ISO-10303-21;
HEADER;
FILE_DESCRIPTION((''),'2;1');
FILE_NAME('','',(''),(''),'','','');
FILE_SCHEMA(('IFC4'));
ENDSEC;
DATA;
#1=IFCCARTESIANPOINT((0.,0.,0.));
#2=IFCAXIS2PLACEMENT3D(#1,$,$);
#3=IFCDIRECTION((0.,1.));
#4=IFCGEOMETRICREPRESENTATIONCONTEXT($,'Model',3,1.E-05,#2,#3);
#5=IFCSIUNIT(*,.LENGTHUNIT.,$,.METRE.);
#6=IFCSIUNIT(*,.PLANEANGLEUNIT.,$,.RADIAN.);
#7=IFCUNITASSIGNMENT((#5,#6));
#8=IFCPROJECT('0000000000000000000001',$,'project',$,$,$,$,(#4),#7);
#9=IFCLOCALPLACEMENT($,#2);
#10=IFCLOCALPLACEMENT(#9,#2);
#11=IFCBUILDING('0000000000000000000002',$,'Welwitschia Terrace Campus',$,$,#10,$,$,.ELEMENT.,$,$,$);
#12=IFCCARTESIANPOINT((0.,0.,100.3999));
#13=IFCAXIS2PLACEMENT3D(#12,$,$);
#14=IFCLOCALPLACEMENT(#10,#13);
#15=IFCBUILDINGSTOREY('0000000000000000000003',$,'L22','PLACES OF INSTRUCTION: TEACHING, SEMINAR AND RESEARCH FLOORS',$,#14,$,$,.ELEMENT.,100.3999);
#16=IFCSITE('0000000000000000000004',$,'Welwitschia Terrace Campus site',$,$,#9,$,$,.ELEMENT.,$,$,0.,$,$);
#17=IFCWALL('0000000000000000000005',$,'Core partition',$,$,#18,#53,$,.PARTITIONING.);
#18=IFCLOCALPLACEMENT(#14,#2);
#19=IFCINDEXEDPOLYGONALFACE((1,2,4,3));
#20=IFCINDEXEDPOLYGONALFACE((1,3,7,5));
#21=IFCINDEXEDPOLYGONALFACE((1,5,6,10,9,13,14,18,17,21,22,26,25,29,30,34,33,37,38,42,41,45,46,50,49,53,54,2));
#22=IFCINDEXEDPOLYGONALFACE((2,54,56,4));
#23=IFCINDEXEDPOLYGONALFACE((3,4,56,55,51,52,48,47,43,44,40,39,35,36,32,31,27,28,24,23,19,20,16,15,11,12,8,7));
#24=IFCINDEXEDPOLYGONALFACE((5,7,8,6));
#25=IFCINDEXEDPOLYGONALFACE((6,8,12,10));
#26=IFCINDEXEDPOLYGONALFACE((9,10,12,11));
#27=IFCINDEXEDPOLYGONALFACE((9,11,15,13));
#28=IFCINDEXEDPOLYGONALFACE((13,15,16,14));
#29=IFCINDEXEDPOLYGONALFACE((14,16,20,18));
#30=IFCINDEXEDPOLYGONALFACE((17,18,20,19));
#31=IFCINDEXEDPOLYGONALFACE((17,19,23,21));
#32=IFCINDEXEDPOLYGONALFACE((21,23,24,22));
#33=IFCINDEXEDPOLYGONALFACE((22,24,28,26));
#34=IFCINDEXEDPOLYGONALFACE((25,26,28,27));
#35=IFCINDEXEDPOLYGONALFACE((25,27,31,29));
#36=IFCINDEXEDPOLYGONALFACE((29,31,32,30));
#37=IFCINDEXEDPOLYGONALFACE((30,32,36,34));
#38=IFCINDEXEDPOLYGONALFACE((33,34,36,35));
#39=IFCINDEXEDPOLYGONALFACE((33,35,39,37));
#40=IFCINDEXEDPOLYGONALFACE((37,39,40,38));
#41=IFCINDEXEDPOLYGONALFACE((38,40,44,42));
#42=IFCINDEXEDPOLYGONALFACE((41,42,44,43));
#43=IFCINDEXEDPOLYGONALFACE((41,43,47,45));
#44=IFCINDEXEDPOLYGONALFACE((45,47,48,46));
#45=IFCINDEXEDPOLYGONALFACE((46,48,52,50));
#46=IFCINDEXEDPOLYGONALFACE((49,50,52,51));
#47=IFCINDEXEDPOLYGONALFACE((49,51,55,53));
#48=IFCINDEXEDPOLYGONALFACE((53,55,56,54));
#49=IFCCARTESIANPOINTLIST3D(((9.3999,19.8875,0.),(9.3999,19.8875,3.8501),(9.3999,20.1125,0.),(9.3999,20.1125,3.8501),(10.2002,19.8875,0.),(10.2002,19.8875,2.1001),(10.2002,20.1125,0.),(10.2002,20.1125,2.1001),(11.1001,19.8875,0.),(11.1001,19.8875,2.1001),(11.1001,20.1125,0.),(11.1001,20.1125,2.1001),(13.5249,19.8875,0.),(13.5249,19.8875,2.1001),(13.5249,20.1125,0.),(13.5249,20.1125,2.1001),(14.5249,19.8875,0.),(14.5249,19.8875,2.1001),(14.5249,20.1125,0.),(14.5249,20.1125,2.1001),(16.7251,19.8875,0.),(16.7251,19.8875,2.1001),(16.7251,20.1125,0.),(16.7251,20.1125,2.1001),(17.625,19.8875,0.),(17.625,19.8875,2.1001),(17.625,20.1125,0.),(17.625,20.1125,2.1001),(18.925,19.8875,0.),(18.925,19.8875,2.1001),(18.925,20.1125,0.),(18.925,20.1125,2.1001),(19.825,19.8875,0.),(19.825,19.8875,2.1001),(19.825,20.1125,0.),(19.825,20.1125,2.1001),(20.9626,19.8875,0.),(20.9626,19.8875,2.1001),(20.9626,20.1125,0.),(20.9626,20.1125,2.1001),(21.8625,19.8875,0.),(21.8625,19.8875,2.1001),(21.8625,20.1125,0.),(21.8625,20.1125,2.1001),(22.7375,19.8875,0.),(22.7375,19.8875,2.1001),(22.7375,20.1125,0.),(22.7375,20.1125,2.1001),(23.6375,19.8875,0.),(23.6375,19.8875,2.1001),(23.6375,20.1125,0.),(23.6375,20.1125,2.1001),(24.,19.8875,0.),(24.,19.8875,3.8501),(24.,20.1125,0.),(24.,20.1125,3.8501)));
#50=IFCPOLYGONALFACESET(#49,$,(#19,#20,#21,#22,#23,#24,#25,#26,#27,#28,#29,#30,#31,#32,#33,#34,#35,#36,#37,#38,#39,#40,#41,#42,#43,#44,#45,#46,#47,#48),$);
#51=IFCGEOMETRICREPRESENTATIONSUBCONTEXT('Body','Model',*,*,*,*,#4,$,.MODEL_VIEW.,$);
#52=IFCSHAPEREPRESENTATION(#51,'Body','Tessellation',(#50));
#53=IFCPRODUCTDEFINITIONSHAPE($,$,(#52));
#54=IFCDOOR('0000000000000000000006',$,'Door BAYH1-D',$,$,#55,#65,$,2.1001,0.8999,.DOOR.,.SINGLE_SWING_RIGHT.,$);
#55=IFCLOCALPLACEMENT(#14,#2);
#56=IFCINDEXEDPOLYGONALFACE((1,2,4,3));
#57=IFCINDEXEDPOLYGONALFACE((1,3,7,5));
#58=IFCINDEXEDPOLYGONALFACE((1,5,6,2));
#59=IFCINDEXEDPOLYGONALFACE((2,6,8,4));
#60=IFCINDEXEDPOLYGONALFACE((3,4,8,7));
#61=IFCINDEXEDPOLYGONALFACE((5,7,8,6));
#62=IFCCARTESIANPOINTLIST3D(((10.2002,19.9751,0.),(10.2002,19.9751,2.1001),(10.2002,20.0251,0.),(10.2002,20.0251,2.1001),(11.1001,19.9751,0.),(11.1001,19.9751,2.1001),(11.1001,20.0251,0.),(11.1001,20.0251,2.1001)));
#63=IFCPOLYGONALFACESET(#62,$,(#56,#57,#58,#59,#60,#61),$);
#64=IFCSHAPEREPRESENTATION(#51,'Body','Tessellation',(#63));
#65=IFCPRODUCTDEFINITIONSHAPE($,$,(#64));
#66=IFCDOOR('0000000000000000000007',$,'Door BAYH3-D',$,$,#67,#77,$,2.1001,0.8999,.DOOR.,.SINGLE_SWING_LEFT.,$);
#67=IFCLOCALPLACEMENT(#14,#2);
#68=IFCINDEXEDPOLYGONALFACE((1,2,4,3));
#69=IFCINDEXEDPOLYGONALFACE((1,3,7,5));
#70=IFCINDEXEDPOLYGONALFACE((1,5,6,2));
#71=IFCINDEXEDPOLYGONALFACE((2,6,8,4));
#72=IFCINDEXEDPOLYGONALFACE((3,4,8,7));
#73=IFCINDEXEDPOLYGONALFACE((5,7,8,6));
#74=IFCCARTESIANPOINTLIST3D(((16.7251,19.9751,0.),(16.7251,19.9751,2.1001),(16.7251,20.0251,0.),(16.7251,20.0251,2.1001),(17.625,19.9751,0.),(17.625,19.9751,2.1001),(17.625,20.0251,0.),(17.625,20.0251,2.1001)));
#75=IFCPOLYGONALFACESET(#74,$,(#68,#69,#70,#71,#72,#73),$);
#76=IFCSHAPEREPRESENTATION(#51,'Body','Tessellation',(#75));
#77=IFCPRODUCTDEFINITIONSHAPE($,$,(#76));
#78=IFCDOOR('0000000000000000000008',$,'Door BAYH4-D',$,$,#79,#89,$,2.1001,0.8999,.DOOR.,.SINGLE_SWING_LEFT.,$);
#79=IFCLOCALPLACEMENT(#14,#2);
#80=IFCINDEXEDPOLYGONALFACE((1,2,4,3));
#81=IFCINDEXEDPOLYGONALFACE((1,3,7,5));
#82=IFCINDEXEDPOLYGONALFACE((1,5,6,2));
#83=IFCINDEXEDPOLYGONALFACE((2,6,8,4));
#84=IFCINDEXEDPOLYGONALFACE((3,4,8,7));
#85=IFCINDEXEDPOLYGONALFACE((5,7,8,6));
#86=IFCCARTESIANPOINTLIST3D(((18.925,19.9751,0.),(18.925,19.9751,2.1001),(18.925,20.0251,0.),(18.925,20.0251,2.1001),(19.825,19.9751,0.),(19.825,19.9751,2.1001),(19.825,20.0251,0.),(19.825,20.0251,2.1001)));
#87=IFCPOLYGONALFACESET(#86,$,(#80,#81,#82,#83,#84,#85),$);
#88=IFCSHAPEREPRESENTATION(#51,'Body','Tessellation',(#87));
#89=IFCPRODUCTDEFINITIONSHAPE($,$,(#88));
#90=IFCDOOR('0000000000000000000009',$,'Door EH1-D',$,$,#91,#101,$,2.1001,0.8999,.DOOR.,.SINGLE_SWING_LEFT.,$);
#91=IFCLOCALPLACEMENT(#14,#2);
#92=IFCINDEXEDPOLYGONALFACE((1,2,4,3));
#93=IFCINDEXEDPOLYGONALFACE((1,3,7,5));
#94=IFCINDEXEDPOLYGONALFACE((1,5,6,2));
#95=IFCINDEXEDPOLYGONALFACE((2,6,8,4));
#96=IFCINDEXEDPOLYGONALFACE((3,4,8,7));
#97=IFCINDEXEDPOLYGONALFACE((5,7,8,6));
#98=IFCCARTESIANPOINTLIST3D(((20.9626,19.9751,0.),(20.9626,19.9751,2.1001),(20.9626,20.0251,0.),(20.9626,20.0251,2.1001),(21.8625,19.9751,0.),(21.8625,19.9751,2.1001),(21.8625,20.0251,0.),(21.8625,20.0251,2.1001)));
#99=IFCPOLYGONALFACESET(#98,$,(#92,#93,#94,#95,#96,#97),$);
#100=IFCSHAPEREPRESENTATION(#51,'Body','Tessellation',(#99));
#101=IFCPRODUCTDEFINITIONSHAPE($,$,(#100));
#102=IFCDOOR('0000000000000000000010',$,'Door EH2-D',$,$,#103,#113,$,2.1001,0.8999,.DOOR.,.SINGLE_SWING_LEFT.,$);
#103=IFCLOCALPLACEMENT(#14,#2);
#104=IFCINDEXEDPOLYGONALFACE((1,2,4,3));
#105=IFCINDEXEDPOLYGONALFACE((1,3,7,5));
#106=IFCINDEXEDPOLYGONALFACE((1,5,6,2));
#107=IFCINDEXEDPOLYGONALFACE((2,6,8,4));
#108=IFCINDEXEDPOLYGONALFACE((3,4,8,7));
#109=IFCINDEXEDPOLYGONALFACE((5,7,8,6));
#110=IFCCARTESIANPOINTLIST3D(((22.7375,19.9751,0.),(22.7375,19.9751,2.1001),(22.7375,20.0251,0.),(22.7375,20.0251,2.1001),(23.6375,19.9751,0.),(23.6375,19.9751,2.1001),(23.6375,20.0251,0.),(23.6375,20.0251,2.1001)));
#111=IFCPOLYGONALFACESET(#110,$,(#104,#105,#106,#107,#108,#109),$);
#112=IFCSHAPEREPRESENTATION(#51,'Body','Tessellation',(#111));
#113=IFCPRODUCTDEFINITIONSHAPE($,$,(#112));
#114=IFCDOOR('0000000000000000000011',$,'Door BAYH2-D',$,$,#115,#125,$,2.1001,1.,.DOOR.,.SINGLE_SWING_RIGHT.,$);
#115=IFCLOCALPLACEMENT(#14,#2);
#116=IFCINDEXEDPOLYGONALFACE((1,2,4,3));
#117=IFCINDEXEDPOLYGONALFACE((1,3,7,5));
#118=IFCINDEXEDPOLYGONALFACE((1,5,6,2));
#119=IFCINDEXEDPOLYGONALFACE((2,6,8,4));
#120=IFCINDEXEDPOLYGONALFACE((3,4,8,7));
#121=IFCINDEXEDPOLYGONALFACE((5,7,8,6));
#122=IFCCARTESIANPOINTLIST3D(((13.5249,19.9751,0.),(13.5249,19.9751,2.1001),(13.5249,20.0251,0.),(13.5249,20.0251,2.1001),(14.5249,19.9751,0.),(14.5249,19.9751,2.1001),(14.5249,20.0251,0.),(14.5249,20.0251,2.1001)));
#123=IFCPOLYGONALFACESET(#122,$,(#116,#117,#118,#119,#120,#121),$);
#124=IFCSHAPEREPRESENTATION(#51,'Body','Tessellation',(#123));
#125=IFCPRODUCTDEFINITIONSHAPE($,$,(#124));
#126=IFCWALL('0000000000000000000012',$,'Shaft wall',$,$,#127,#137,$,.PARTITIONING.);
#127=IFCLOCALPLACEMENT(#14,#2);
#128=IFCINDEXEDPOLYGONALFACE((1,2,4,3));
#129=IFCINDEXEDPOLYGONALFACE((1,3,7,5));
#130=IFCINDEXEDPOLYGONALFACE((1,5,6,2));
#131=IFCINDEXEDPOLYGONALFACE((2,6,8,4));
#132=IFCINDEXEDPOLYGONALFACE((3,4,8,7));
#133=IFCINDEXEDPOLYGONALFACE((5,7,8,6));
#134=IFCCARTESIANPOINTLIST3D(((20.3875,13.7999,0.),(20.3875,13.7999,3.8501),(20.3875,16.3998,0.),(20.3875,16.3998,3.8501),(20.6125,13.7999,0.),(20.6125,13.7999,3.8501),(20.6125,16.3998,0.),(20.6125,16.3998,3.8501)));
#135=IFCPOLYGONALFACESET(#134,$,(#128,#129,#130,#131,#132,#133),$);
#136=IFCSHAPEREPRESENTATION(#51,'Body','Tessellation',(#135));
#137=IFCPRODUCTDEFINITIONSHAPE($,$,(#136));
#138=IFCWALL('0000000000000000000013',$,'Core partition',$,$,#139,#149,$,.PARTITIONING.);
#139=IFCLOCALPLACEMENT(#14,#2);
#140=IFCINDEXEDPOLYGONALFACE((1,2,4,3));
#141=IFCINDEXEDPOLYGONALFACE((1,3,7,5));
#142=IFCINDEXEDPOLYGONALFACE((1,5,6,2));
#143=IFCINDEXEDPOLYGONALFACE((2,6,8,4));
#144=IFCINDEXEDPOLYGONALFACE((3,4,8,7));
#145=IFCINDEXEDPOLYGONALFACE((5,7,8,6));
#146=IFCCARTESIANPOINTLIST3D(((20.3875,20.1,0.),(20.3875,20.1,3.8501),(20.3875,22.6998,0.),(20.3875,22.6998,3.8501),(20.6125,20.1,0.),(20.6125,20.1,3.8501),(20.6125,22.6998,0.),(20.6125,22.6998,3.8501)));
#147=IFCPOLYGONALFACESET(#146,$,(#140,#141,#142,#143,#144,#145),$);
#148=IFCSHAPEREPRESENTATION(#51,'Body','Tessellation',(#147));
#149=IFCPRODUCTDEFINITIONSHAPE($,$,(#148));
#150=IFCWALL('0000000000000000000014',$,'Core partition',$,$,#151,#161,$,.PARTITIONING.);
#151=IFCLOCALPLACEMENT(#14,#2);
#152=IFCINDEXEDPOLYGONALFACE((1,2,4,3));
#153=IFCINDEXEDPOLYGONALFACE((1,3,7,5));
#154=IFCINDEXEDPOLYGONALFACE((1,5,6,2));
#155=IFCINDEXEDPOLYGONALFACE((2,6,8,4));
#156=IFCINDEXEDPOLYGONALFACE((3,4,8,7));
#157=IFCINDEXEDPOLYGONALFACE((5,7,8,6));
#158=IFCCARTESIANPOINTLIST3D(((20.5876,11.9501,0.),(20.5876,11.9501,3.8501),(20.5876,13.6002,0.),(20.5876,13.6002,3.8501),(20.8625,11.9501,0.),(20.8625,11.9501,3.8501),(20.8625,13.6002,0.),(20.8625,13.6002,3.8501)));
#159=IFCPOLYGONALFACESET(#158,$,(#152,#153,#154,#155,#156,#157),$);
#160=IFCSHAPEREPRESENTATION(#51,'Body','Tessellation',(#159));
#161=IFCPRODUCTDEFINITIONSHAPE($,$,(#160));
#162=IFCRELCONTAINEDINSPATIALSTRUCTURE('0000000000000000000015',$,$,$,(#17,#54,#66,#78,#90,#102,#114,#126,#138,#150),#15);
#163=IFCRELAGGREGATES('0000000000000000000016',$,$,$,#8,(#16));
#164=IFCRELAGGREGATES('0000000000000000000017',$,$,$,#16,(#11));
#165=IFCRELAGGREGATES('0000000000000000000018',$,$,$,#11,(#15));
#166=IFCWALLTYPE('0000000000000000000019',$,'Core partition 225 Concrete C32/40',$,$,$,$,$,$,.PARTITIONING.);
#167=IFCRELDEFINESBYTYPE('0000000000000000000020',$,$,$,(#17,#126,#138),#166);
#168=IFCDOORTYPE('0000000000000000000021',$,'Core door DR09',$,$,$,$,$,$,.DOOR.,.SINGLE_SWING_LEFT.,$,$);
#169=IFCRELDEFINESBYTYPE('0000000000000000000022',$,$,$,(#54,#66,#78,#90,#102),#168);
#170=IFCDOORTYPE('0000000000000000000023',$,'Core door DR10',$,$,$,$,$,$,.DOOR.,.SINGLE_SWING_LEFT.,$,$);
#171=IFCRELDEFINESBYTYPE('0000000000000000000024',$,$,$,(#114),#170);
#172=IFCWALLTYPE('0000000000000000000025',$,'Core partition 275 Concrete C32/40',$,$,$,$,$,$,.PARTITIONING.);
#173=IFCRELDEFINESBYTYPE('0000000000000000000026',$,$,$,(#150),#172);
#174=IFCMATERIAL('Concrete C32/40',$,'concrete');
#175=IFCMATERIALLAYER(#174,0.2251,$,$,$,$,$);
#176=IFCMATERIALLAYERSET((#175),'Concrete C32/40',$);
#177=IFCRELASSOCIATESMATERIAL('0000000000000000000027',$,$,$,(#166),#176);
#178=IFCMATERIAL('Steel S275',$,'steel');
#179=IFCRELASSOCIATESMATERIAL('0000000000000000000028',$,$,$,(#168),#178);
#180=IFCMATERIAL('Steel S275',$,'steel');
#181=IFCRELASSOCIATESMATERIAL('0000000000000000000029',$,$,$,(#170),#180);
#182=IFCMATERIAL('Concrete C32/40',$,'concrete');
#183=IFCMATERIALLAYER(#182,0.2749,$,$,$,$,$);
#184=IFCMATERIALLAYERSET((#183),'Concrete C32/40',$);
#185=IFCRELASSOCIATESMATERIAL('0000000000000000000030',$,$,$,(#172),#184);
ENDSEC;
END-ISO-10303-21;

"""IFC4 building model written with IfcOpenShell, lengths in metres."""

from ifc_helpers import new_model, si_unit, direction, frame, frame_2d, origin, place, context, subcontext, project, spatial, rectangle, extrude, material, layer, layer_set, type_object, element, fill, save


model = new_model("IFC4")

# Units and contexts
model_context = context("Model", 3, precision=1e-05, world=origin(), true_north=direction((0.0, 1.0)))
body_context = subcontext(model_context, "Body", "Model", "MODEL_VIEW")
ifc_project = project(units=[si_unit("LENGTHUNIT", "METRE"), si_unit("PLANEANGLEUNIT", "RADIAN")], contexts=[model_context])

# Site, building, storey
site_placement = place(None, origin())
site = spatial("IfcSite", under=ifc_project, at=site_placement, Name="Welwitschia Terrace Campus site", CompositionType="ELEMENT", RefElevation=0.0)
building_placement = place(site_placement, origin())
building = spatial("IfcBuilding", under=site, at=building_placement, Name="Welwitschia Terrace Campus", CompositionType="ELEMENT")
storey_placement = place(building_placement, frame((0.0, 0.0, 100.3999)))
storey = spatial("IfcBuildingStorey", under=building, at=storey_placement, Name="L22", Description="PLACES OF INSTRUCTION: TEACHING, SEMINAR AND RESEARCH FLOORS", CompositionType="ELEMENT", Elevation=100.3999)

# Wall, openings, doors
ifc_material_1 = material(Name="Concrete C32/40", Category="concrete")
ifc_layer_1 = layer(ifc_material_1, 0.2251)
ifc_layer_set_1 = layer_set([ifc_layer_1], Name="Concrete C32/40")
wall_type_1 = type_object("IfcWallType", Name="Core partition 225 Concrete C32/40", PredefinedType="PARTITIONING", material=ifc_layer_set_1)
wall_1_placement = place(storey_placement, frame((24.0, 20.0, 0.0), z_axis=(0.0, 0.0, 1.0), x_axis=(-1.0, 0.0, 0.0)))
wall_1 = element("IfcWall", 1, at=wall_1_placement, inside=storey, type_object=wall_type_1, Name="Core partition", PredefinedType="PARTITIONING", context=body_context, shape_type="SweptSolid", body=[
    extrude(rectangle(XDim=14.6001, YDim=0.2251, at=frame_2d((7.3, 0.0))), origin(), (0.0, 0.0, 1.0), 3.8501),
])
opening_1_placement = place(wall_1_placement, frame((12.8999, 0.0, 0.0)))
opening_1 = element("IfcOpeningElement", 2, at=opening_1_placement, cuts=wall_1, PredefinedType="OPENING", context=body_context, shape_type="SweptSolid", body=[
    extrude(rectangle(XDim=0.8999, YDim=2.1001, at=frame_2d((0.45, 1.05))), frame((0.0, 0.1226, 0.0), z_axis=(0.0, -1.0, 0.0), x_axis=(1.0, 0.0, 0.0)), (0.0, 0.0, 1.0), 0.2451),
])
opening_2_placement = place(wall_1_placement, frame((9.4751, 0.0, 0.0)))
opening_2 = element("IfcOpeningElement", 3, at=opening_2_placement, cuts=wall_1, PredefinedType="OPENING", context=body_context, shape_type="SweptSolid", body=[
    extrude(rectangle(XDim=1.0, YDim=2.1001, at=frame_2d((0.5, 1.05))), frame((0.0, 0.1226, 0.0), z_axis=(0.0, -1.0, 0.0), x_axis=(1.0, 0.0, 0.0)), (0.0, 0.0, 1.0), 0.2451),
])
opening_3_placement = place(wall_1_placement, frame((6.375, 0.0, 0.0)))
opening_3 = element("IfcOpeningElement", 4, at=opening_3_placement, cuts=wall_1, PredefinedType="OPENING", context=body_context, shape_type="SweptSolid", body=[
    extrude(rectangle(XDim=0.8999, YDim=2.1001, at=frame_2d((0.45, 1.05))), frame((0.0, 0.1226, 0.0), z_axis=(0.0, -1.0, 0.0), x_axis=(1.0, 0.0, 0.0)), (0.0, 0.0, 1.0), 0.2451),
])
opening_4_placement = place(wall_1_placement, frame((4.175, 0.0, 0.0)))
opening_4 = element("IfcOpeningElement", 5, at=opening_4_placement, cuts=wall_1, PredefinedType="OPENING", context=body_context, shape_type="SweptSolid", body=[
    extrude(rectangle(XDim=0.8999, YDim=2.1001, at=frame_2d((0.45, 1.05))), frame((0.0, 0.1226, 0.0), z_axis=(0.0, -1.0, 0.0), x_axis=(1.0, 0.0, 0.0)), (0.0, 0.0, 1.0), 0.2451),
])
opening_5_placement = place(wall_1_placement, frame((2.1375, 0.0, 0.0)))
opening_5 = element("IfcOpeningElement", 6, at=opening_5_placement, cuts=wall_1, PredefinedType="OPENING", context=body_context, shape_type="SweptSolid", body=[
    extrude(rectangle(XDim=0.8999, YDim=2.1001, at=frame_2d((0.45, 1.05))), frame((0.0, 0.1226, 0.0), z_axis=(0.0, -1.0, 0.0), x_axis=(1.0, 0.0, 0.0)), (0.0, 0.0, 1.0), 0.2451),
])
opening_6_placement = place(wall_1_placement, frame((0.3625, 0.0, 0.0)))
opening_6 = element("IfcOpeningElement", 7, at=opening_6_placement, cuts=wall_1, PredefinedType="OPENING", context=body_context, shape_type="SweptSolid", body=[
    extrude(rectangle(XDim=0.8999, YDim=2.1001, at=frame_2d((0.45, 1.05))), frame((0.0, 0.1226, 0.0), z_axis=(0.0, -1.0, 0.0), x_axis=(1.0, 0.0, 0.0)), (0.0, 0.0, 1.0), 0.2451),
])
ifc_material_2 = material(Name="Steel S275", Category="steel")
door_type_1 = type_object("IfcDoorType", Name="Core door DR09", OperationType="SINGLE_SWING_LEFT", PredefinedType="DOOR", material=ifc_material_2)
door_1_placement = place(opening_1_placement, origin())
door_1 = element("IfcDoor", 8, at=door_1_placement, inside=storey, type_object=door_type_1, Name="Door BAYH1-D", OperationType="SINGLE_SWING_RIGHT", OverallHeight=2.1001, OverallWidth=0.8999, PredefinedType="DOOR", context=body_context, shape_type="SweptSolid", body=[
    extrude(rectangle(XDim=0.8999, YDim=2.1001, at=frame_2d((0.45, 1.05))), frame((0.0, 0.0249, 0.0), z_axis=(0.0, -1.0, 0.0), x_axis=(1.0, 0.0, 0.0)), (0.0, 0.0, 1.0), 0.05),
])
fill(opening_1, door_1)
door_2_placement = place(opening_3_placement, origin())
door_2 = element("IfcDoor", 9, at=door_2_placement, inside=storey, type_object=door_type_1, Name="Door BAYH3-D", OperationType="SINGLE_SWING_LEFT", OverallHeight=2.1001, OverallWidth=0.8999, PredefinedType="DOOR", context=body_context, shape_type="SweptSolid", body=[
    extrude(rectangle(XDim=0.8999, YDim=2.1001, at=frame_2d((0.45, 1.05))), frame((0.0, 0.0249, 0.0), z_axis=(0.0, -1.0, 0.0), x_axis=(1.0, 0.0, 0.0)), (0.0, 0.0, 1.0), 0.05),
])
fill(opening_3, door_2)
door_3_placement = place(opening_4_placement, origin())
door_3 = element("IfcDoor", 10, at=door_3_placement, inside=storey, type_object=door_type_1, Name="Door BAYH4-D", OperationType="SINGLE_SWING_LEFT", OverallHeight=2.1001, OverallWidth=0.8999, PredefinedType="DOOR", context=body_context, shape_type="SweptSolid", body=[
    extrude(rectangle(XDim=0.8999, YDim=2.1001, at=frame_2d((0.45, 1.05))), frame((0.0, 0.0249, 0.0), z_axis=(0.0, -1.0, 0.0), x_axis=(1.0, 0.0, 0.0)), (0.0, 0.0, 1.0), 0.05),
])
fill(opening_4, door_3)
door_4_placement = place(opening_5_placement, origin())
door_4 = element("IfcDoor", 11, at=door_4_placement, inside=storey, type_object=door_type_1, Name="Door EH1-D", OperationType="SINGLE_SWING_LEFT", OverallHeight=2.1001, OverallWidth=0.8999, PredefinedType="DOOR", context=body_context, shape_type="SweptSolid", body=[
    extrude(rectangle(XDim=0.8999, YDim=2.1001, at=frame_2d((0.45, 1.05))), frame((0.0, 0.0249, 0.0), z_axis=(0.0, -1.0, 0.0), x_axis=(1.0, 0.0, 0.0)), (0.0, 0.0, 1.0), 0.05),
])
fill(opening_5, door_4)
door_5_placement = place(opening_6_placement, origin())
door_5 = element("IfcDoor", 12, at=door_5_placement, inside=storey, type_object=door_type_1, Name="Door EH2-D", OperationType="SINGLE_SWING_LEFT", OverallHeight=2.1001, OverallWidth=0.8999, PredefinedType="DOOR", context=body_context, shape_type="SweptSolid", body=[
    extrude(rectangle(XDim=0.8999, YDim=2.1001, at=frame_2d((0.45, 1.05))), frame((0.0, 0.0249, 0.0), z_axis=(0.0, -1.0, 0.0), x_axis=(1.0, 0.0, 0.0)), (0.0, 0.0, 1.0), 0.05),
])
fill(opening_6, door_5)
ifc_material_3 = material(Name="Steel S275", Category="steel")
door_type_2 = type_object("IfcDoorType", Name="Core door DR10", OperationType="SINGLE_SWING_LEFT", PredefinedType="DOOR", material=ifc_material_3)
door_6_placement = place(opening_2_placement, origin())
door_6 = element("IfcDoor", 13, at=door_6_placement, inside=storey, type_object=door_type_2, Name="Door BAYH2-D", OperationType="SINGLE_SWING_RIGHT", OverallHeight=2.1001, OverallWidth=1.0, PredefinedType="DOOR", context=body_context, shape_type="SweptSolid", body=[
    extrude(rectangle(XDim=1.0, YDim=2.1001, at=frame_2d((0.5, 1.05))), frame((0.0, 0.0249, 0.0), z_axis=(0.0, -1.0, 0.0), x_axis=(1.0, 0.0, 0.0)), (0.0, 0.0, 1.0), 0.05),
])
fill(opening_2, door_6)

# Walls
for number, where, z_axis, x_axis, name in (
    (14, (20.5, 13.8, 0.0), (0.0, 0.0, 1.0), (0.0, 1.0, 0.0), "Shaft wall"),
    (15, (20.5, 20.1001, 0.0), (0.0, 0.0, 1.0), (0.0, 1.0, 0.0), "Core partition"),
):
    element("IfcWall", number, at=place(storey_placement, frame(where, z_axis=z_axis, x_axis=x_axis)), inside=storey, type_object=wall_type_1, Name=name, PredefinedType="PARTITIONING", context=body_context, shape_type="SweptSolid", body=[
        extrude(rectangle(XDim=2.5999, YDim=0.2251, at=frame_2d((1.2998, 0.0))), origin(), (0.0, 0.0, 1.0), 3.8501),
    ])
ifc_material_4 = material(Name="Concrete C32/40", Category="concrete")
ifc_layer_2 = layer(ifc_material_4, 0.2749)
ifc_layer_set_2 = layer_set([ifc_layer_2], Name="Concrete C32/40")
wall_type_2 = type_object("IfcWallType", Name="Core partition 275 Concrete C32/40", PredefinedType="PARTITIONING", material=ifc_layer_set_2)
wall_2_placement = place(storey_placement, frame((20.7251, 11.95, 0.0), z_axis=(0.0, 0.0, 1.0), x_axis=(0.0, 1.0, 0.0)))
element("IfcWall", 16, at=wall_2_placement, inside=storey, type_object=wall_type_2, Name="Core partition", PredefinedType="PARTITIONING", context=body_context, shape_type="SweptSolid", body=[
    extrude(rectangle(XDim=1.6501, YDim=0.2749, at=frame_2d((0.8252, 0.0))), origin(), (0.0, 0.0, 1.0), 3.8501),
])

save(model, "model.ifc")
